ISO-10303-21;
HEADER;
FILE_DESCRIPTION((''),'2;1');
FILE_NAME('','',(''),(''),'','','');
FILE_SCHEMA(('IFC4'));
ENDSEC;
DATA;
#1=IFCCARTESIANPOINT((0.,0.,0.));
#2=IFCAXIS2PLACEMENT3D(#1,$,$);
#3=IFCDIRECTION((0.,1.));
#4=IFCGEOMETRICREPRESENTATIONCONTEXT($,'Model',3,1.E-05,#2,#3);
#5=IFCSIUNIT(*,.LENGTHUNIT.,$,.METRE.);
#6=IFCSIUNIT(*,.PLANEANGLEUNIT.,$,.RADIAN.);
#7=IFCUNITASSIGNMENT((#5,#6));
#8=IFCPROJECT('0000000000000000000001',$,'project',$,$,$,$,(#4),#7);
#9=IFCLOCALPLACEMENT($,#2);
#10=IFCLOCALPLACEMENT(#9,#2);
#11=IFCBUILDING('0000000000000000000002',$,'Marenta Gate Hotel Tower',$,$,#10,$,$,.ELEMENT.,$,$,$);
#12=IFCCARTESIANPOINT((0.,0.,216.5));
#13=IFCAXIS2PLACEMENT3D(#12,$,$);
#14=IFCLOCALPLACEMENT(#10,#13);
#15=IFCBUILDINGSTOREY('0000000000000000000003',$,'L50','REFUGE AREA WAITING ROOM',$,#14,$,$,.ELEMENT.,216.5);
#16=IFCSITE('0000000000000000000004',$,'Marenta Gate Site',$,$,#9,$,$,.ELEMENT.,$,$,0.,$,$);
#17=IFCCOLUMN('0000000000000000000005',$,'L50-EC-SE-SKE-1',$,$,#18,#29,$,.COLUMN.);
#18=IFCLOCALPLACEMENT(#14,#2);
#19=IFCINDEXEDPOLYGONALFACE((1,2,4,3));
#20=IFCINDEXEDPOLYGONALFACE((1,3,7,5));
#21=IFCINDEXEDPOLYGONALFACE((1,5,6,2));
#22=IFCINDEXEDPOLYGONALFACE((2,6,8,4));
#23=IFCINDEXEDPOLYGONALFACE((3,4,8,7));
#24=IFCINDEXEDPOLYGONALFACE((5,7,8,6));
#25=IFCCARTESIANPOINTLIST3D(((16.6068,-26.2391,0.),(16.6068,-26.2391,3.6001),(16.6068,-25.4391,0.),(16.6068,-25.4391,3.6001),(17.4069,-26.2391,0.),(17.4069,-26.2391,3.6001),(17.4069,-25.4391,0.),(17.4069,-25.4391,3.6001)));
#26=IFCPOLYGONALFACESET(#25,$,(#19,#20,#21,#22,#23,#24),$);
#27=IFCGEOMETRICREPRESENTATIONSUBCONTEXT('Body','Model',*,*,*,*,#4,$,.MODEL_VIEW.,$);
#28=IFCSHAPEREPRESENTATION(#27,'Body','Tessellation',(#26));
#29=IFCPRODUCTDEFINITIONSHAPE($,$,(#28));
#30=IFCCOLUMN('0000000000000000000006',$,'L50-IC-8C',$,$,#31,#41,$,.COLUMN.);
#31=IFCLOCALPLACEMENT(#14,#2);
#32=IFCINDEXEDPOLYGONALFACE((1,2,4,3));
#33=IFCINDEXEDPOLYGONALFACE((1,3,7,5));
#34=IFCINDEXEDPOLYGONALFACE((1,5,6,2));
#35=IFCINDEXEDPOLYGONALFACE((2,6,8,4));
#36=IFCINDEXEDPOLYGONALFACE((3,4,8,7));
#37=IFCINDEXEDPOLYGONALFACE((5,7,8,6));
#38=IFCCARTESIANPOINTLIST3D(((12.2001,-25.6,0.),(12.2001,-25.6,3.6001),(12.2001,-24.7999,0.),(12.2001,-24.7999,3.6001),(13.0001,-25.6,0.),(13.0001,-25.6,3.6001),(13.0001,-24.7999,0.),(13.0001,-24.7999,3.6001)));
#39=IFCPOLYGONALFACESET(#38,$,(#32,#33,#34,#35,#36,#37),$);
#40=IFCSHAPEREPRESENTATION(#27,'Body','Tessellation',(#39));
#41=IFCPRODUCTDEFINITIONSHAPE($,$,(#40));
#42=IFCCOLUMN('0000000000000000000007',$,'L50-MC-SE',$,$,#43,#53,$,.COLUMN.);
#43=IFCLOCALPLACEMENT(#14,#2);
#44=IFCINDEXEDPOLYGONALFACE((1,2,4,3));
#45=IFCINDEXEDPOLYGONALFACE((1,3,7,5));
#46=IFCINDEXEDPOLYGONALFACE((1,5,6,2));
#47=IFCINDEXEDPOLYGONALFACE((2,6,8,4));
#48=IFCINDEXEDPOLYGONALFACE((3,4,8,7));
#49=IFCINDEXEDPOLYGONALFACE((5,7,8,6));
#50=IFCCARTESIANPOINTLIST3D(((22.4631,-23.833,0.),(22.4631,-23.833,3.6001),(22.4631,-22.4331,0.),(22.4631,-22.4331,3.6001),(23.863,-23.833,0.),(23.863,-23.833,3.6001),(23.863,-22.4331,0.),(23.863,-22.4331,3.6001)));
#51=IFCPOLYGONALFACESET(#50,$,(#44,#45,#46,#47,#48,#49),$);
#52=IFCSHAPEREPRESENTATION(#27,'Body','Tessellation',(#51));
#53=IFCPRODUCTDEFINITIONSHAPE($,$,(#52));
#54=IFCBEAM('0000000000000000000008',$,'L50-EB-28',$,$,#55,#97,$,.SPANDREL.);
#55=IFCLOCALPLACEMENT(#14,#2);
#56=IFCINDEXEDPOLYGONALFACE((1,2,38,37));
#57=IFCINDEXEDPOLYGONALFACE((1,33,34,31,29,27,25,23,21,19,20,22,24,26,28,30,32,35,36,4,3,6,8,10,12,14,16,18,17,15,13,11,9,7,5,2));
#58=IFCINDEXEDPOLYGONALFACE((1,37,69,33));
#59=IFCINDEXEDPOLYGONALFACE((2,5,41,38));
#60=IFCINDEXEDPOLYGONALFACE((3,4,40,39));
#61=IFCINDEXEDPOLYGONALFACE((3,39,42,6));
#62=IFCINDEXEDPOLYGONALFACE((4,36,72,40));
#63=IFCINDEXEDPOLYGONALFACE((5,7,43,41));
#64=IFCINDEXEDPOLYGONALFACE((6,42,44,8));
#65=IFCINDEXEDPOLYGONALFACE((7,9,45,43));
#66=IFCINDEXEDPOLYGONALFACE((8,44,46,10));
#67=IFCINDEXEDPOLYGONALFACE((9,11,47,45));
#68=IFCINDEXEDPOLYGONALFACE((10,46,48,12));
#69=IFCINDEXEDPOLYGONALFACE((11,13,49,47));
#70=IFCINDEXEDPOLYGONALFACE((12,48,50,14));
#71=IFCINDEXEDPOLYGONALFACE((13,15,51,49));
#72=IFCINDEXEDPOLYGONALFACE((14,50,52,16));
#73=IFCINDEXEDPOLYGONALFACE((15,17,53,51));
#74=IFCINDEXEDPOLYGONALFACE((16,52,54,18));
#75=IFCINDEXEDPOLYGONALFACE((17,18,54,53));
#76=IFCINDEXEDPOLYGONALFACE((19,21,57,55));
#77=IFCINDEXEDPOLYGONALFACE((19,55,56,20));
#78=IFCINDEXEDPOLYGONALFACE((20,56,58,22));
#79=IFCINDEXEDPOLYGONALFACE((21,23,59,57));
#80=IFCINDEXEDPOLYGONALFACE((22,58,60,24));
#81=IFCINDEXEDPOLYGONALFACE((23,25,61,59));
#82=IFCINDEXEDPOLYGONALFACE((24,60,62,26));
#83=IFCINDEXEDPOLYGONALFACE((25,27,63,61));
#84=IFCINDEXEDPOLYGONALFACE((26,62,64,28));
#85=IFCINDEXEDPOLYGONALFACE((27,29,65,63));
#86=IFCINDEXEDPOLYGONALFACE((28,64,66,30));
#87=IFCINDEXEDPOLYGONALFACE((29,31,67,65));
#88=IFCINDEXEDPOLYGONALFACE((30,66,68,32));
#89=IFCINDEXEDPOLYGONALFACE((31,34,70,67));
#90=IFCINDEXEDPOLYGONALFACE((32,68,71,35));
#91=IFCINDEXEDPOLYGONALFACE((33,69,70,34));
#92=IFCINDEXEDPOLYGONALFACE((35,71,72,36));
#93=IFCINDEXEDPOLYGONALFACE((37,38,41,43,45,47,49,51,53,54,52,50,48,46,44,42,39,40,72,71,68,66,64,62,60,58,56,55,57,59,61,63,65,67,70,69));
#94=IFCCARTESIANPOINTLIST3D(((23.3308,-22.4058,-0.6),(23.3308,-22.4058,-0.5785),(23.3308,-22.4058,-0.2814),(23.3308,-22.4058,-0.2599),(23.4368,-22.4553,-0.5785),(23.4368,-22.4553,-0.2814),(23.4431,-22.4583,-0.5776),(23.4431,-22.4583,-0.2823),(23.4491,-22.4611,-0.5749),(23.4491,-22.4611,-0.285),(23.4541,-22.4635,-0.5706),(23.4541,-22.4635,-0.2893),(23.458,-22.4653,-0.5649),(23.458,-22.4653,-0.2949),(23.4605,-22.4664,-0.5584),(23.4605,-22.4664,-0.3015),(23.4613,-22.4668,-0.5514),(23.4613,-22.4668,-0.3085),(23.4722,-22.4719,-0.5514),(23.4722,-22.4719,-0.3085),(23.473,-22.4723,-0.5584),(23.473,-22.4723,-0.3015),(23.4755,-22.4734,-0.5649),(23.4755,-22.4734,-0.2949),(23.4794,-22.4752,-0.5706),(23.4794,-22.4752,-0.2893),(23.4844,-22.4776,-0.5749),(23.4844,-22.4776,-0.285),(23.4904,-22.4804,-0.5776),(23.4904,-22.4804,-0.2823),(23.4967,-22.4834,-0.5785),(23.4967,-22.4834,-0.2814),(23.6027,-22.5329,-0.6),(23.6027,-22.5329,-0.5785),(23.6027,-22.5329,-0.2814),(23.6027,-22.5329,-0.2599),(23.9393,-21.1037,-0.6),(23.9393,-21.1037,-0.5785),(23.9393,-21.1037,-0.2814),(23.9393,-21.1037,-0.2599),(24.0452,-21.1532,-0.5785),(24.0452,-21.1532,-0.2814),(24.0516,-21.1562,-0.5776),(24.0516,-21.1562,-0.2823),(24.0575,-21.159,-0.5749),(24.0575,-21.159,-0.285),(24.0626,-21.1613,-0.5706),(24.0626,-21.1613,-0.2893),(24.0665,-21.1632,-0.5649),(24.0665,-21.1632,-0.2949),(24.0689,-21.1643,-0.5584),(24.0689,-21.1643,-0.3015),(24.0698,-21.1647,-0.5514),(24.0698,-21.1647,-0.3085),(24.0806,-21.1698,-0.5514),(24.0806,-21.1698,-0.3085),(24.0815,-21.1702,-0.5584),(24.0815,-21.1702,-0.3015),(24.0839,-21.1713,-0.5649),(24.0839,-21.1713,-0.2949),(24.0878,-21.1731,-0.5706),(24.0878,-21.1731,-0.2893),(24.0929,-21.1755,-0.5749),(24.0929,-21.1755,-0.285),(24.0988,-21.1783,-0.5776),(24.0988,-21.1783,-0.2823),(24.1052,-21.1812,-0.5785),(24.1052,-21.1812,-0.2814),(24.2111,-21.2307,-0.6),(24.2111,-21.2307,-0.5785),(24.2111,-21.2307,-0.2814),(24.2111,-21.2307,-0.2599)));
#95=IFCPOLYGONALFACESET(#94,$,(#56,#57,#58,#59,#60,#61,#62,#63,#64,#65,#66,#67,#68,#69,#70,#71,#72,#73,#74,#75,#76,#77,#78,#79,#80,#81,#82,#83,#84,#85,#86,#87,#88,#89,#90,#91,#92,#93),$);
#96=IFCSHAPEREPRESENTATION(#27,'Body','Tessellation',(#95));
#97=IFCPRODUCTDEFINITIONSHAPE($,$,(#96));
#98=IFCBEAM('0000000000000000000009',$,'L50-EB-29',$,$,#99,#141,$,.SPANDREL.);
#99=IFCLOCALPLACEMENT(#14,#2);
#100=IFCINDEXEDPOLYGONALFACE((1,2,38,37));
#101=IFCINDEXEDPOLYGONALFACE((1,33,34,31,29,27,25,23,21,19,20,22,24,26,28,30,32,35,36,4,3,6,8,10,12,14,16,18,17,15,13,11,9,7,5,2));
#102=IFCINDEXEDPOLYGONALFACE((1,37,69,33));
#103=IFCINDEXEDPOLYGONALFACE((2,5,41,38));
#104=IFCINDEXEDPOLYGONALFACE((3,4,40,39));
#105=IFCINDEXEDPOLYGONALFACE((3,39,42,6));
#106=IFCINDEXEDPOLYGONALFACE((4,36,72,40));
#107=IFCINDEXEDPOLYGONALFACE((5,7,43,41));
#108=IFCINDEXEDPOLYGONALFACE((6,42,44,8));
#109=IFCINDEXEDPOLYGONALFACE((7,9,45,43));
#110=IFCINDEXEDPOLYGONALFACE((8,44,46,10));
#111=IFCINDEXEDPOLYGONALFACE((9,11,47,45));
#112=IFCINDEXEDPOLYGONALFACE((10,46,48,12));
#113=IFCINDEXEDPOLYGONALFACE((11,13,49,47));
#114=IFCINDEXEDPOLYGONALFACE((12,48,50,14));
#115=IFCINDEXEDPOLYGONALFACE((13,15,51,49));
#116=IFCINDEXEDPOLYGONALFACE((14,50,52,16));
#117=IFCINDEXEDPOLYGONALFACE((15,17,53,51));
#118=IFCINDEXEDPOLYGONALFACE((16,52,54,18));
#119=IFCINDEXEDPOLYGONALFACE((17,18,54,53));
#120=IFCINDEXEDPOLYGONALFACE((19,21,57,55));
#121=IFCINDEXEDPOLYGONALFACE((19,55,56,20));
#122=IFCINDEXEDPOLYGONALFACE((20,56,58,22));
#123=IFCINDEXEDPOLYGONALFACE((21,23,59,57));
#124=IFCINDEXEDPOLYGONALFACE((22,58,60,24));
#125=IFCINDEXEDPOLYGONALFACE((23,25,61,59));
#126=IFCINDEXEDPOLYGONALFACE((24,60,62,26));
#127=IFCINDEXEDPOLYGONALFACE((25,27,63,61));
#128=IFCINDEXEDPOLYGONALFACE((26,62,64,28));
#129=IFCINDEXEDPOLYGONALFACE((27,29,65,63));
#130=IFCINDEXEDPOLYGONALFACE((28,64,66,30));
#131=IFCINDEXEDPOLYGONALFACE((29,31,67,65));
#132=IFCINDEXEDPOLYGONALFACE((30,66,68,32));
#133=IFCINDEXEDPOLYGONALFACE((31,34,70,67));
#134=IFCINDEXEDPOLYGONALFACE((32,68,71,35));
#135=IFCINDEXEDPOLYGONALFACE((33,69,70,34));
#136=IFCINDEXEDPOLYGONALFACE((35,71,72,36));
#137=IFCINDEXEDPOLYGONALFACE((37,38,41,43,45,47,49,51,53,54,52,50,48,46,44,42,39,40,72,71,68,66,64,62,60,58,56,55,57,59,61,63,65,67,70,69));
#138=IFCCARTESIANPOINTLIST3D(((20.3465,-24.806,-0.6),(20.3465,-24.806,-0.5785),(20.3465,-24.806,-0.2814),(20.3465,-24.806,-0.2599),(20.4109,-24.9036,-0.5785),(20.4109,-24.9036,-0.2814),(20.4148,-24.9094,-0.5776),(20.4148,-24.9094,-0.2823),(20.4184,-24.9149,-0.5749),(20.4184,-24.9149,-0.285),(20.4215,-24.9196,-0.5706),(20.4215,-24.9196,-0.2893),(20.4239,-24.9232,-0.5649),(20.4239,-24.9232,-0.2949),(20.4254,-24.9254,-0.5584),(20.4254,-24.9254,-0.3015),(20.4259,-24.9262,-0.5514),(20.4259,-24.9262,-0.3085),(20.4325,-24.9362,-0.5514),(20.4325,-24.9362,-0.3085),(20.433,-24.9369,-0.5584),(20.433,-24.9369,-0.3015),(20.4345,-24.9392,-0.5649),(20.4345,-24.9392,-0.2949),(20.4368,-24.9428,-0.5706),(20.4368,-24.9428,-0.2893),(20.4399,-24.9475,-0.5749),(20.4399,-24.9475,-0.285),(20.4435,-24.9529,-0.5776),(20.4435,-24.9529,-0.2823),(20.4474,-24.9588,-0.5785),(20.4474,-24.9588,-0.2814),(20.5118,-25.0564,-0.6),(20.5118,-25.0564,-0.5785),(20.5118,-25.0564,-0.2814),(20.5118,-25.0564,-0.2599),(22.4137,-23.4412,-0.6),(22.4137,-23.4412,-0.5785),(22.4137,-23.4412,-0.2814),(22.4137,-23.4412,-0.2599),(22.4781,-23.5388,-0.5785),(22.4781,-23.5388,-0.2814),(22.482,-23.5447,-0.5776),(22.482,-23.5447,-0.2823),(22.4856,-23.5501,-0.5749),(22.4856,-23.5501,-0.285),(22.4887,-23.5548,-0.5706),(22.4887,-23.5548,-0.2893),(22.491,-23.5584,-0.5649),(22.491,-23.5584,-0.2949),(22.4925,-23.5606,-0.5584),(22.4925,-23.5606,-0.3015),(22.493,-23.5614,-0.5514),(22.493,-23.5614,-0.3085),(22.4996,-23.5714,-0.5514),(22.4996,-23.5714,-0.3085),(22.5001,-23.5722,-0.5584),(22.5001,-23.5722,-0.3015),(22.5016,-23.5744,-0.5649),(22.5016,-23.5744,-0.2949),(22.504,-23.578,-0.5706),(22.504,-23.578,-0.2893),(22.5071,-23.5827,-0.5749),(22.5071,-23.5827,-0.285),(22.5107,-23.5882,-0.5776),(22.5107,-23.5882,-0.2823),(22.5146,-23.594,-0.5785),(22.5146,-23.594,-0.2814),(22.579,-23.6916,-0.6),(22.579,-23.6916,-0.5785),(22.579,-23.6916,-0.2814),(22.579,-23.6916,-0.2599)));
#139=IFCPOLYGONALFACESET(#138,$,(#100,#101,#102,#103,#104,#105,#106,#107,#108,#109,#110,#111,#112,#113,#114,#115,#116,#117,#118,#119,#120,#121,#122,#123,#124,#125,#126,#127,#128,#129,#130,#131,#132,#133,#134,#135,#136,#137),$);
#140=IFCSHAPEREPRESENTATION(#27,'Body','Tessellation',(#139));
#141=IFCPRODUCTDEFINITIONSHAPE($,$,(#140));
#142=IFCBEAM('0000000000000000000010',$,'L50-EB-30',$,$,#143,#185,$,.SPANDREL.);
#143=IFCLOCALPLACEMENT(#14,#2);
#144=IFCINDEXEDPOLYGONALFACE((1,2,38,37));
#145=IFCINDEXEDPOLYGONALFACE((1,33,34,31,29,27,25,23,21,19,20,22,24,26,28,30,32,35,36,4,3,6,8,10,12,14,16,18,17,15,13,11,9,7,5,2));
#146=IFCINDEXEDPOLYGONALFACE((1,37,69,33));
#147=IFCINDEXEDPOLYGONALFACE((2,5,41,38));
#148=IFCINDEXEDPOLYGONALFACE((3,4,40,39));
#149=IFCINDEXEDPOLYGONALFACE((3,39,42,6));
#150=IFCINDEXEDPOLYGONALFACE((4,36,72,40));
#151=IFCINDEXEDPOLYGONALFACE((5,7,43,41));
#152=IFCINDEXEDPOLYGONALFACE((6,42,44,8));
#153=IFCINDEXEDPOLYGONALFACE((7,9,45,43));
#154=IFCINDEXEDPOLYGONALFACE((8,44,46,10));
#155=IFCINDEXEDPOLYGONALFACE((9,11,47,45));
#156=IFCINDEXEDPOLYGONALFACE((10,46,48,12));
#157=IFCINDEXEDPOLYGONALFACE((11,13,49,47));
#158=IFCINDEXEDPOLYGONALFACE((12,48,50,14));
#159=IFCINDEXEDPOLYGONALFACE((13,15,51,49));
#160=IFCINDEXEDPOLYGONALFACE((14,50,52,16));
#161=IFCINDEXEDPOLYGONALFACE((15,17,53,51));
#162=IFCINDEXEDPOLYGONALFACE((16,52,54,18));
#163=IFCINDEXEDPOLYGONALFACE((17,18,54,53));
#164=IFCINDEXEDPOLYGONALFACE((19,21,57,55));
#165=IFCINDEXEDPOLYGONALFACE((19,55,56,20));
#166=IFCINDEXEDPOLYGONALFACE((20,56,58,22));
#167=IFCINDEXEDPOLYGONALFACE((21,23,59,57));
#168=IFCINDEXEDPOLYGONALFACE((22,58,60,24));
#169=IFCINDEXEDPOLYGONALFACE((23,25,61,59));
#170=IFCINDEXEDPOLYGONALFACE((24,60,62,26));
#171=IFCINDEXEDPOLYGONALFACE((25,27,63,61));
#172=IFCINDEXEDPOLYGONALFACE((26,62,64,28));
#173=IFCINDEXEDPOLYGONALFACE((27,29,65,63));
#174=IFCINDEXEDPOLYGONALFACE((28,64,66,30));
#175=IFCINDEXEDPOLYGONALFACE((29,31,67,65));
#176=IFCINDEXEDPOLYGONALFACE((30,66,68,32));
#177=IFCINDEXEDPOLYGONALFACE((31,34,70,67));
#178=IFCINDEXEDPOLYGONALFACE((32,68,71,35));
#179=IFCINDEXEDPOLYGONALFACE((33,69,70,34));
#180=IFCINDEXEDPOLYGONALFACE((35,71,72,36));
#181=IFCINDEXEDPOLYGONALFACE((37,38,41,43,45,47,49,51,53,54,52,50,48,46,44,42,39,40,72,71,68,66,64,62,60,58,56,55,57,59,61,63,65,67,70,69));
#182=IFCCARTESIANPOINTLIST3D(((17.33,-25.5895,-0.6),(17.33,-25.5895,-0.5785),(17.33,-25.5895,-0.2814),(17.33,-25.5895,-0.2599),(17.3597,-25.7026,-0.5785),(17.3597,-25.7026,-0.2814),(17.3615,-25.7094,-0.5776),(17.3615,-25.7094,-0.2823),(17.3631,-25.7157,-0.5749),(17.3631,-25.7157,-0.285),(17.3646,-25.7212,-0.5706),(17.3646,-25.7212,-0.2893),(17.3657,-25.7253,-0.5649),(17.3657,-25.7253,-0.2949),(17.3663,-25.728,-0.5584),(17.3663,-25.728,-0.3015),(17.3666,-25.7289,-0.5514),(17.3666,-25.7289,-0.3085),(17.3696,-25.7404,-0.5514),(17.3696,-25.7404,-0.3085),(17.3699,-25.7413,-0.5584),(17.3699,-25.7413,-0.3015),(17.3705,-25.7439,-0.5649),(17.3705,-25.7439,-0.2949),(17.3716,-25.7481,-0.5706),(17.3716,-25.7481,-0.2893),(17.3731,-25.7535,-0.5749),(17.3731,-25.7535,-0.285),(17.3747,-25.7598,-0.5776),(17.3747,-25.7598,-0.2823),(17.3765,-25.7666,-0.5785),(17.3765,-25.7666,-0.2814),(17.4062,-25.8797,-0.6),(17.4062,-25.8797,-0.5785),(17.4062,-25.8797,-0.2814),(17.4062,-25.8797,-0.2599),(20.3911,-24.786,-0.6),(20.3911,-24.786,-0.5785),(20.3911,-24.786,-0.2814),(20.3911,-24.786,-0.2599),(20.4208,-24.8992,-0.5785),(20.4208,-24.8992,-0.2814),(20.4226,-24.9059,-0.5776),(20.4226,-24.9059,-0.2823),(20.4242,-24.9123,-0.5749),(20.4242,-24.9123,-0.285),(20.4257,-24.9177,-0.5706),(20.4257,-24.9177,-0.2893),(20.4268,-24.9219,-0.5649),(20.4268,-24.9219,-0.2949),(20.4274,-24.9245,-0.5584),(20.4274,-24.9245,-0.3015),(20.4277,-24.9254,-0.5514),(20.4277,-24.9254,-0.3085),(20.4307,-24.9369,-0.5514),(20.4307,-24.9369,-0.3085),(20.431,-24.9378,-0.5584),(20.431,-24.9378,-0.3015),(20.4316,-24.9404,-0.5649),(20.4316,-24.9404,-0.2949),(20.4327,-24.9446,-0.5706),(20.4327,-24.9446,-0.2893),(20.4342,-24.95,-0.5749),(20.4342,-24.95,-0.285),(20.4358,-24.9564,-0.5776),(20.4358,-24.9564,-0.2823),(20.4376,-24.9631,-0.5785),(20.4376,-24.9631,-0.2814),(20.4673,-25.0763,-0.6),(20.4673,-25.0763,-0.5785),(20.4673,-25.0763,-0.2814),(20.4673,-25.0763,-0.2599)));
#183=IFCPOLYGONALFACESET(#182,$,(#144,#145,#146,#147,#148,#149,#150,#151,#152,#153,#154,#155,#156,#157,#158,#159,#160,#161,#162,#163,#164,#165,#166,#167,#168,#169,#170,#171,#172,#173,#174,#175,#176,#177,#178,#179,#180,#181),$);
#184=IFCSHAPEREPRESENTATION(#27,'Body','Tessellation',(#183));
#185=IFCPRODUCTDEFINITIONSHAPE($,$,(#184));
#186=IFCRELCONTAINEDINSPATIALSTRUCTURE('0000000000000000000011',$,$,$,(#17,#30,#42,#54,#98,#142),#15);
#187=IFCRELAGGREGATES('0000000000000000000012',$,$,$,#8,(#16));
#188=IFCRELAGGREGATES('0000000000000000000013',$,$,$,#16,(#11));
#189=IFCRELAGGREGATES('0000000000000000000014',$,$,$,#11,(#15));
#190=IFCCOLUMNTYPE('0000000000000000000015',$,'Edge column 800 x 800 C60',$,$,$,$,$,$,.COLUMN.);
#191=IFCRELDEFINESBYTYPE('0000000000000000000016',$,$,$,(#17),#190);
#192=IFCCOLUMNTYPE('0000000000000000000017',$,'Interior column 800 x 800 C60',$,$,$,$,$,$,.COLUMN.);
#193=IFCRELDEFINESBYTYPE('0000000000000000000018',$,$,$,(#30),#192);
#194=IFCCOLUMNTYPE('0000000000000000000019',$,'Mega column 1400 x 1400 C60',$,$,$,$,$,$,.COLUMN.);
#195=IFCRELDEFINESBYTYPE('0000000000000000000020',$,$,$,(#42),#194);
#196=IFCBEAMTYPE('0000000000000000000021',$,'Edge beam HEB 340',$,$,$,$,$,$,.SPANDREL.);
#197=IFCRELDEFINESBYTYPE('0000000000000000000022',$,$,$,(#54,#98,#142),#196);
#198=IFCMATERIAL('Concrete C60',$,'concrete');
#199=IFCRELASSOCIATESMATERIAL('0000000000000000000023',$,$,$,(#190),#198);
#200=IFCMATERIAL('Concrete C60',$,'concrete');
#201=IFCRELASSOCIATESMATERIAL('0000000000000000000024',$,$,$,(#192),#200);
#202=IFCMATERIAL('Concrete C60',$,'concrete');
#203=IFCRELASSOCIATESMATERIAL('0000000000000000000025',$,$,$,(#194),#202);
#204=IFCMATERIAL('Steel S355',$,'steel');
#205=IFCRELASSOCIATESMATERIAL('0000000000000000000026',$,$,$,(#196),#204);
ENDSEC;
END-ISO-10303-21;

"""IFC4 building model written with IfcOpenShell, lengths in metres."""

from ifc_helpers import new_model, si_unit, direction, frame, origin, origin_2d, place, context, subcontext, project, spatial, rectangle, i_section, extrude, material, material_profile, profile_set, type_object, element, save


model = new_model("IFC4")

# Units and contexts
model_context = context("Model", 3, precision=1e-05, world=origin(), true_north=direction((0.0, 1.0)))
body_context = subcontext(model_context, "Body", "Model", "MODEL_VIEW")
ifc_project = project(units=[si_unit("LENGTHUNIT", "METRE"), si_unit("PLANEANGLEUNIT", "RADIAN")], contexts=[model_context])

# Site, building, storey
site_placement = place(None, origin())
site = spatial("IfcSite", under=ifc_project, at=site_placement, Name="Marenta Gate Site", CompositionType="ELEMENT", RefElevation=0.0)
building_placement = place(site_placement, origin())
building = spatial("IfcBuilding", under=site, at=building_placement, Name="Marenta Gate Hotel Tower", CompositionType="ELEMENT")
storey_placement = place(building_placement, frame((0.0, 0.0, 216.5)))
storey = spatial("IfcBuildingStorey", under=building, at=storey_placement, Name="L50", Description="REFUGE AREA WAITING ROOM", CompositionType="ELEMENT", Elevation=216.5)

# Columns
ifc_material_1 = material(Name="Concrete C60", Category="concrete")
ifc_material_profile_1 = material_profile(ifc_material_1, rectangle(XDim=0.8, YDim=0.8, at=origin_2d()), Name="800 x 800")
ifc_profile_set_1 = profile_set([ifc_material_profile_1], Name="Concrete C60")
column_type_1 = type_object("IfcColumnType", Name="Edge column 800 x 800 C60", PredefinedType="COLUMN", material=ifc_profile_set_1)
column_1_placement = place(storey_placement, frame((17.0068, -25.8391, 0.0), z_axis=(0.0, 0.0, 1.0), x_axis=(1.0, 0.0, 0.0)))
element("IfcColumn", 1, at=column_1_placement, inside=storey, type_object=column_type_1, Name="L50-EC-SE-SKE-1", PredefinedType="COLUMN", context=body_context, shape_type="SweptSolid", body=[
    extrude(rectangle(XDim=0.8, YDim=0.8, at=origin_2d()), origin(), (0.0, 0.0, 1.0), 3.6001),
])
ifc_material_2 = material(Name="Concrete C60", Category="concrete")
ifc_material_profile_2 = material_profile(ifc_material_2, rectangle(XDim=0.8, YDim=0.8, at=origin_2d()), Name="800 x 800")
ifc_profile_set_2 = profile_set([ifc_material_profile_2], Name="Concrete C60")
column_type_2 = type_object("IfcColumnType", Name="Interior column 800 x 800 C60", PredefinedType="COLUMN", material=ifc_profile_set_2)
column_2_placement = place(storey_placement, frame((12.6001, -25.2, 0.0), z_axis=(0.0, 0.0, 1.0), x_axis=(1.0, 0.0, 0.0)))
element("IfcColumn", 2, at=column_2_placement, inside=storey, type_object=column_type_2, Name="L50-IC-8C", PredefinedType="COLUMN", context=body_context, shape_type="SweptSolid", body=[
    extrude(rectangle(XDim=0.8, YDim=0.8, at=origin_2d()), origin(), (0.0, 0.0, 1.0), 3.6001),
])
ifc_material_3 = material(Name="Concrete C60", Category="concrete")
ifc_material_profile_3 = material_profile(ifc_material_3, rectangle(XDim=1.3999, YDim=1.3999, at=origin_2d()), Name="1400 x 1400")
ifc_profile_set_3 = profile_set([ifc_material_profile_3], Name="Concrete C60")
column_type_3 = type_object("IfcColumnType", Name="Mega column 1400 x 1400 C60", PredefinedType="COLUMN", material=ifc_profile_set_3)
column_3_placement = place(storey_placement, frame((23.1631, -23.1331, 0.0), z_axis=(0.0, 0.0, 1.0), x_axis=(1.0, 0.0, 0.0)))
element("IfcColumn", 3, at=column_3_placement, inside=storey, type_object=column_type_3, Name="L50-MC-SE", PredefinedType="COLUMN", context=body_context, shape_type="SweptSolid", body=[
    extrude(rectangle(XDim=1.3999, YDim=1.3999, at=origin_2d()), origin(), (0.0, 0.0, 1.0), 3.6001),
])

# Beams
ifc_material_4 = material(Name="Steel S355", Category="steel")
ifc_material_profile_4 = material_profile(ifc_material_4, i_section(OverallWidth=0.3, OverallDepth=0.3401, WebThickness=0.012, FlangeThickness=0.0215, FilletRadius=0.0271, at=origin_2d()), Name="HEB 340")
ifc_profile_set_4 = profile_set([ifc_material_profile_4], Name="Steel S355")
beam_type_1 = type_object("IfcBeamType", Name="Edge beam HEB 340", PredefinedType="SPANDREL", material=ifc_profile_set_4)
beam_1_placement = place(storey_placement, frame((24.0752, -21.1672, -0.4299), z_axis=(-0.423341, -0.90597, 0.0), x_axis=(0.90597, -0.423341, 0.0)))
element("IfcBeam", 4, at=beam_1_placement, inside=storey, type_object=beam_type_1, Name="L50-EB-28", PredefinedType="SPANDREL", context=body_context, shape_type="SweptSolid", body=[
    extrude(i_section(OverallWidth=0.3, OverallDepth=0.3401, WebThickness=0.012, FlangeThickness=0.0215, FilletRadius=0.0271, at=origin_2d()), origin(), (0.0, 0.0, 1.0), 1.4373),
])
beam_2_placement = place(storey_placement, frame((22.4963, -23.5664, -0.4299), z_axis=(-0.834529, -0.550964, 0.0), x_axis=(0.550964, -0.834529, 0.0)))
element("IfcBeam", 5, at=beam_2_placement, inside=storey, type_object=beam_type_1, Name="L50-EB-29", PredefinedType="SPANDREL", context=body_context, shape_type="SweptSolid", body=[
    extrude(i_section(OverallWidth=0.3, OverallDepth=0.3401, WebThickness=0.012, FlangeThickness=0.0215, FilletRadius=0.0271, at=origin_2d()), origin(), (0.0, 0.0, 1.0), 2.4771),
])
beam_3_placement = place(storey_placement, frame((20.4292, -24.9312, -0.4299), z_axis=(-0.967235, -0.253882, 0.0), x_axis=(0.253882, -0.967235, 0.0)))
element("IfcBeam", 6, at=beam_3_placement, inside=storey, type_object=beam_type_1, Name="L50-EB-30", PredefinedType="SPANDREL", context=body_context, shape_type="SweptSolid", body=[
    extrude(i_section(OverallWidth=0.3, OverallDepth=0.3401, WebThickness=0.012, FlangeThickness=0.0215, FilletRadius=0.0271, at=origin_2d()), origin(), (0.0, 0.0, 1.0), 3.1648),
])

save(model, "model.ifc")
